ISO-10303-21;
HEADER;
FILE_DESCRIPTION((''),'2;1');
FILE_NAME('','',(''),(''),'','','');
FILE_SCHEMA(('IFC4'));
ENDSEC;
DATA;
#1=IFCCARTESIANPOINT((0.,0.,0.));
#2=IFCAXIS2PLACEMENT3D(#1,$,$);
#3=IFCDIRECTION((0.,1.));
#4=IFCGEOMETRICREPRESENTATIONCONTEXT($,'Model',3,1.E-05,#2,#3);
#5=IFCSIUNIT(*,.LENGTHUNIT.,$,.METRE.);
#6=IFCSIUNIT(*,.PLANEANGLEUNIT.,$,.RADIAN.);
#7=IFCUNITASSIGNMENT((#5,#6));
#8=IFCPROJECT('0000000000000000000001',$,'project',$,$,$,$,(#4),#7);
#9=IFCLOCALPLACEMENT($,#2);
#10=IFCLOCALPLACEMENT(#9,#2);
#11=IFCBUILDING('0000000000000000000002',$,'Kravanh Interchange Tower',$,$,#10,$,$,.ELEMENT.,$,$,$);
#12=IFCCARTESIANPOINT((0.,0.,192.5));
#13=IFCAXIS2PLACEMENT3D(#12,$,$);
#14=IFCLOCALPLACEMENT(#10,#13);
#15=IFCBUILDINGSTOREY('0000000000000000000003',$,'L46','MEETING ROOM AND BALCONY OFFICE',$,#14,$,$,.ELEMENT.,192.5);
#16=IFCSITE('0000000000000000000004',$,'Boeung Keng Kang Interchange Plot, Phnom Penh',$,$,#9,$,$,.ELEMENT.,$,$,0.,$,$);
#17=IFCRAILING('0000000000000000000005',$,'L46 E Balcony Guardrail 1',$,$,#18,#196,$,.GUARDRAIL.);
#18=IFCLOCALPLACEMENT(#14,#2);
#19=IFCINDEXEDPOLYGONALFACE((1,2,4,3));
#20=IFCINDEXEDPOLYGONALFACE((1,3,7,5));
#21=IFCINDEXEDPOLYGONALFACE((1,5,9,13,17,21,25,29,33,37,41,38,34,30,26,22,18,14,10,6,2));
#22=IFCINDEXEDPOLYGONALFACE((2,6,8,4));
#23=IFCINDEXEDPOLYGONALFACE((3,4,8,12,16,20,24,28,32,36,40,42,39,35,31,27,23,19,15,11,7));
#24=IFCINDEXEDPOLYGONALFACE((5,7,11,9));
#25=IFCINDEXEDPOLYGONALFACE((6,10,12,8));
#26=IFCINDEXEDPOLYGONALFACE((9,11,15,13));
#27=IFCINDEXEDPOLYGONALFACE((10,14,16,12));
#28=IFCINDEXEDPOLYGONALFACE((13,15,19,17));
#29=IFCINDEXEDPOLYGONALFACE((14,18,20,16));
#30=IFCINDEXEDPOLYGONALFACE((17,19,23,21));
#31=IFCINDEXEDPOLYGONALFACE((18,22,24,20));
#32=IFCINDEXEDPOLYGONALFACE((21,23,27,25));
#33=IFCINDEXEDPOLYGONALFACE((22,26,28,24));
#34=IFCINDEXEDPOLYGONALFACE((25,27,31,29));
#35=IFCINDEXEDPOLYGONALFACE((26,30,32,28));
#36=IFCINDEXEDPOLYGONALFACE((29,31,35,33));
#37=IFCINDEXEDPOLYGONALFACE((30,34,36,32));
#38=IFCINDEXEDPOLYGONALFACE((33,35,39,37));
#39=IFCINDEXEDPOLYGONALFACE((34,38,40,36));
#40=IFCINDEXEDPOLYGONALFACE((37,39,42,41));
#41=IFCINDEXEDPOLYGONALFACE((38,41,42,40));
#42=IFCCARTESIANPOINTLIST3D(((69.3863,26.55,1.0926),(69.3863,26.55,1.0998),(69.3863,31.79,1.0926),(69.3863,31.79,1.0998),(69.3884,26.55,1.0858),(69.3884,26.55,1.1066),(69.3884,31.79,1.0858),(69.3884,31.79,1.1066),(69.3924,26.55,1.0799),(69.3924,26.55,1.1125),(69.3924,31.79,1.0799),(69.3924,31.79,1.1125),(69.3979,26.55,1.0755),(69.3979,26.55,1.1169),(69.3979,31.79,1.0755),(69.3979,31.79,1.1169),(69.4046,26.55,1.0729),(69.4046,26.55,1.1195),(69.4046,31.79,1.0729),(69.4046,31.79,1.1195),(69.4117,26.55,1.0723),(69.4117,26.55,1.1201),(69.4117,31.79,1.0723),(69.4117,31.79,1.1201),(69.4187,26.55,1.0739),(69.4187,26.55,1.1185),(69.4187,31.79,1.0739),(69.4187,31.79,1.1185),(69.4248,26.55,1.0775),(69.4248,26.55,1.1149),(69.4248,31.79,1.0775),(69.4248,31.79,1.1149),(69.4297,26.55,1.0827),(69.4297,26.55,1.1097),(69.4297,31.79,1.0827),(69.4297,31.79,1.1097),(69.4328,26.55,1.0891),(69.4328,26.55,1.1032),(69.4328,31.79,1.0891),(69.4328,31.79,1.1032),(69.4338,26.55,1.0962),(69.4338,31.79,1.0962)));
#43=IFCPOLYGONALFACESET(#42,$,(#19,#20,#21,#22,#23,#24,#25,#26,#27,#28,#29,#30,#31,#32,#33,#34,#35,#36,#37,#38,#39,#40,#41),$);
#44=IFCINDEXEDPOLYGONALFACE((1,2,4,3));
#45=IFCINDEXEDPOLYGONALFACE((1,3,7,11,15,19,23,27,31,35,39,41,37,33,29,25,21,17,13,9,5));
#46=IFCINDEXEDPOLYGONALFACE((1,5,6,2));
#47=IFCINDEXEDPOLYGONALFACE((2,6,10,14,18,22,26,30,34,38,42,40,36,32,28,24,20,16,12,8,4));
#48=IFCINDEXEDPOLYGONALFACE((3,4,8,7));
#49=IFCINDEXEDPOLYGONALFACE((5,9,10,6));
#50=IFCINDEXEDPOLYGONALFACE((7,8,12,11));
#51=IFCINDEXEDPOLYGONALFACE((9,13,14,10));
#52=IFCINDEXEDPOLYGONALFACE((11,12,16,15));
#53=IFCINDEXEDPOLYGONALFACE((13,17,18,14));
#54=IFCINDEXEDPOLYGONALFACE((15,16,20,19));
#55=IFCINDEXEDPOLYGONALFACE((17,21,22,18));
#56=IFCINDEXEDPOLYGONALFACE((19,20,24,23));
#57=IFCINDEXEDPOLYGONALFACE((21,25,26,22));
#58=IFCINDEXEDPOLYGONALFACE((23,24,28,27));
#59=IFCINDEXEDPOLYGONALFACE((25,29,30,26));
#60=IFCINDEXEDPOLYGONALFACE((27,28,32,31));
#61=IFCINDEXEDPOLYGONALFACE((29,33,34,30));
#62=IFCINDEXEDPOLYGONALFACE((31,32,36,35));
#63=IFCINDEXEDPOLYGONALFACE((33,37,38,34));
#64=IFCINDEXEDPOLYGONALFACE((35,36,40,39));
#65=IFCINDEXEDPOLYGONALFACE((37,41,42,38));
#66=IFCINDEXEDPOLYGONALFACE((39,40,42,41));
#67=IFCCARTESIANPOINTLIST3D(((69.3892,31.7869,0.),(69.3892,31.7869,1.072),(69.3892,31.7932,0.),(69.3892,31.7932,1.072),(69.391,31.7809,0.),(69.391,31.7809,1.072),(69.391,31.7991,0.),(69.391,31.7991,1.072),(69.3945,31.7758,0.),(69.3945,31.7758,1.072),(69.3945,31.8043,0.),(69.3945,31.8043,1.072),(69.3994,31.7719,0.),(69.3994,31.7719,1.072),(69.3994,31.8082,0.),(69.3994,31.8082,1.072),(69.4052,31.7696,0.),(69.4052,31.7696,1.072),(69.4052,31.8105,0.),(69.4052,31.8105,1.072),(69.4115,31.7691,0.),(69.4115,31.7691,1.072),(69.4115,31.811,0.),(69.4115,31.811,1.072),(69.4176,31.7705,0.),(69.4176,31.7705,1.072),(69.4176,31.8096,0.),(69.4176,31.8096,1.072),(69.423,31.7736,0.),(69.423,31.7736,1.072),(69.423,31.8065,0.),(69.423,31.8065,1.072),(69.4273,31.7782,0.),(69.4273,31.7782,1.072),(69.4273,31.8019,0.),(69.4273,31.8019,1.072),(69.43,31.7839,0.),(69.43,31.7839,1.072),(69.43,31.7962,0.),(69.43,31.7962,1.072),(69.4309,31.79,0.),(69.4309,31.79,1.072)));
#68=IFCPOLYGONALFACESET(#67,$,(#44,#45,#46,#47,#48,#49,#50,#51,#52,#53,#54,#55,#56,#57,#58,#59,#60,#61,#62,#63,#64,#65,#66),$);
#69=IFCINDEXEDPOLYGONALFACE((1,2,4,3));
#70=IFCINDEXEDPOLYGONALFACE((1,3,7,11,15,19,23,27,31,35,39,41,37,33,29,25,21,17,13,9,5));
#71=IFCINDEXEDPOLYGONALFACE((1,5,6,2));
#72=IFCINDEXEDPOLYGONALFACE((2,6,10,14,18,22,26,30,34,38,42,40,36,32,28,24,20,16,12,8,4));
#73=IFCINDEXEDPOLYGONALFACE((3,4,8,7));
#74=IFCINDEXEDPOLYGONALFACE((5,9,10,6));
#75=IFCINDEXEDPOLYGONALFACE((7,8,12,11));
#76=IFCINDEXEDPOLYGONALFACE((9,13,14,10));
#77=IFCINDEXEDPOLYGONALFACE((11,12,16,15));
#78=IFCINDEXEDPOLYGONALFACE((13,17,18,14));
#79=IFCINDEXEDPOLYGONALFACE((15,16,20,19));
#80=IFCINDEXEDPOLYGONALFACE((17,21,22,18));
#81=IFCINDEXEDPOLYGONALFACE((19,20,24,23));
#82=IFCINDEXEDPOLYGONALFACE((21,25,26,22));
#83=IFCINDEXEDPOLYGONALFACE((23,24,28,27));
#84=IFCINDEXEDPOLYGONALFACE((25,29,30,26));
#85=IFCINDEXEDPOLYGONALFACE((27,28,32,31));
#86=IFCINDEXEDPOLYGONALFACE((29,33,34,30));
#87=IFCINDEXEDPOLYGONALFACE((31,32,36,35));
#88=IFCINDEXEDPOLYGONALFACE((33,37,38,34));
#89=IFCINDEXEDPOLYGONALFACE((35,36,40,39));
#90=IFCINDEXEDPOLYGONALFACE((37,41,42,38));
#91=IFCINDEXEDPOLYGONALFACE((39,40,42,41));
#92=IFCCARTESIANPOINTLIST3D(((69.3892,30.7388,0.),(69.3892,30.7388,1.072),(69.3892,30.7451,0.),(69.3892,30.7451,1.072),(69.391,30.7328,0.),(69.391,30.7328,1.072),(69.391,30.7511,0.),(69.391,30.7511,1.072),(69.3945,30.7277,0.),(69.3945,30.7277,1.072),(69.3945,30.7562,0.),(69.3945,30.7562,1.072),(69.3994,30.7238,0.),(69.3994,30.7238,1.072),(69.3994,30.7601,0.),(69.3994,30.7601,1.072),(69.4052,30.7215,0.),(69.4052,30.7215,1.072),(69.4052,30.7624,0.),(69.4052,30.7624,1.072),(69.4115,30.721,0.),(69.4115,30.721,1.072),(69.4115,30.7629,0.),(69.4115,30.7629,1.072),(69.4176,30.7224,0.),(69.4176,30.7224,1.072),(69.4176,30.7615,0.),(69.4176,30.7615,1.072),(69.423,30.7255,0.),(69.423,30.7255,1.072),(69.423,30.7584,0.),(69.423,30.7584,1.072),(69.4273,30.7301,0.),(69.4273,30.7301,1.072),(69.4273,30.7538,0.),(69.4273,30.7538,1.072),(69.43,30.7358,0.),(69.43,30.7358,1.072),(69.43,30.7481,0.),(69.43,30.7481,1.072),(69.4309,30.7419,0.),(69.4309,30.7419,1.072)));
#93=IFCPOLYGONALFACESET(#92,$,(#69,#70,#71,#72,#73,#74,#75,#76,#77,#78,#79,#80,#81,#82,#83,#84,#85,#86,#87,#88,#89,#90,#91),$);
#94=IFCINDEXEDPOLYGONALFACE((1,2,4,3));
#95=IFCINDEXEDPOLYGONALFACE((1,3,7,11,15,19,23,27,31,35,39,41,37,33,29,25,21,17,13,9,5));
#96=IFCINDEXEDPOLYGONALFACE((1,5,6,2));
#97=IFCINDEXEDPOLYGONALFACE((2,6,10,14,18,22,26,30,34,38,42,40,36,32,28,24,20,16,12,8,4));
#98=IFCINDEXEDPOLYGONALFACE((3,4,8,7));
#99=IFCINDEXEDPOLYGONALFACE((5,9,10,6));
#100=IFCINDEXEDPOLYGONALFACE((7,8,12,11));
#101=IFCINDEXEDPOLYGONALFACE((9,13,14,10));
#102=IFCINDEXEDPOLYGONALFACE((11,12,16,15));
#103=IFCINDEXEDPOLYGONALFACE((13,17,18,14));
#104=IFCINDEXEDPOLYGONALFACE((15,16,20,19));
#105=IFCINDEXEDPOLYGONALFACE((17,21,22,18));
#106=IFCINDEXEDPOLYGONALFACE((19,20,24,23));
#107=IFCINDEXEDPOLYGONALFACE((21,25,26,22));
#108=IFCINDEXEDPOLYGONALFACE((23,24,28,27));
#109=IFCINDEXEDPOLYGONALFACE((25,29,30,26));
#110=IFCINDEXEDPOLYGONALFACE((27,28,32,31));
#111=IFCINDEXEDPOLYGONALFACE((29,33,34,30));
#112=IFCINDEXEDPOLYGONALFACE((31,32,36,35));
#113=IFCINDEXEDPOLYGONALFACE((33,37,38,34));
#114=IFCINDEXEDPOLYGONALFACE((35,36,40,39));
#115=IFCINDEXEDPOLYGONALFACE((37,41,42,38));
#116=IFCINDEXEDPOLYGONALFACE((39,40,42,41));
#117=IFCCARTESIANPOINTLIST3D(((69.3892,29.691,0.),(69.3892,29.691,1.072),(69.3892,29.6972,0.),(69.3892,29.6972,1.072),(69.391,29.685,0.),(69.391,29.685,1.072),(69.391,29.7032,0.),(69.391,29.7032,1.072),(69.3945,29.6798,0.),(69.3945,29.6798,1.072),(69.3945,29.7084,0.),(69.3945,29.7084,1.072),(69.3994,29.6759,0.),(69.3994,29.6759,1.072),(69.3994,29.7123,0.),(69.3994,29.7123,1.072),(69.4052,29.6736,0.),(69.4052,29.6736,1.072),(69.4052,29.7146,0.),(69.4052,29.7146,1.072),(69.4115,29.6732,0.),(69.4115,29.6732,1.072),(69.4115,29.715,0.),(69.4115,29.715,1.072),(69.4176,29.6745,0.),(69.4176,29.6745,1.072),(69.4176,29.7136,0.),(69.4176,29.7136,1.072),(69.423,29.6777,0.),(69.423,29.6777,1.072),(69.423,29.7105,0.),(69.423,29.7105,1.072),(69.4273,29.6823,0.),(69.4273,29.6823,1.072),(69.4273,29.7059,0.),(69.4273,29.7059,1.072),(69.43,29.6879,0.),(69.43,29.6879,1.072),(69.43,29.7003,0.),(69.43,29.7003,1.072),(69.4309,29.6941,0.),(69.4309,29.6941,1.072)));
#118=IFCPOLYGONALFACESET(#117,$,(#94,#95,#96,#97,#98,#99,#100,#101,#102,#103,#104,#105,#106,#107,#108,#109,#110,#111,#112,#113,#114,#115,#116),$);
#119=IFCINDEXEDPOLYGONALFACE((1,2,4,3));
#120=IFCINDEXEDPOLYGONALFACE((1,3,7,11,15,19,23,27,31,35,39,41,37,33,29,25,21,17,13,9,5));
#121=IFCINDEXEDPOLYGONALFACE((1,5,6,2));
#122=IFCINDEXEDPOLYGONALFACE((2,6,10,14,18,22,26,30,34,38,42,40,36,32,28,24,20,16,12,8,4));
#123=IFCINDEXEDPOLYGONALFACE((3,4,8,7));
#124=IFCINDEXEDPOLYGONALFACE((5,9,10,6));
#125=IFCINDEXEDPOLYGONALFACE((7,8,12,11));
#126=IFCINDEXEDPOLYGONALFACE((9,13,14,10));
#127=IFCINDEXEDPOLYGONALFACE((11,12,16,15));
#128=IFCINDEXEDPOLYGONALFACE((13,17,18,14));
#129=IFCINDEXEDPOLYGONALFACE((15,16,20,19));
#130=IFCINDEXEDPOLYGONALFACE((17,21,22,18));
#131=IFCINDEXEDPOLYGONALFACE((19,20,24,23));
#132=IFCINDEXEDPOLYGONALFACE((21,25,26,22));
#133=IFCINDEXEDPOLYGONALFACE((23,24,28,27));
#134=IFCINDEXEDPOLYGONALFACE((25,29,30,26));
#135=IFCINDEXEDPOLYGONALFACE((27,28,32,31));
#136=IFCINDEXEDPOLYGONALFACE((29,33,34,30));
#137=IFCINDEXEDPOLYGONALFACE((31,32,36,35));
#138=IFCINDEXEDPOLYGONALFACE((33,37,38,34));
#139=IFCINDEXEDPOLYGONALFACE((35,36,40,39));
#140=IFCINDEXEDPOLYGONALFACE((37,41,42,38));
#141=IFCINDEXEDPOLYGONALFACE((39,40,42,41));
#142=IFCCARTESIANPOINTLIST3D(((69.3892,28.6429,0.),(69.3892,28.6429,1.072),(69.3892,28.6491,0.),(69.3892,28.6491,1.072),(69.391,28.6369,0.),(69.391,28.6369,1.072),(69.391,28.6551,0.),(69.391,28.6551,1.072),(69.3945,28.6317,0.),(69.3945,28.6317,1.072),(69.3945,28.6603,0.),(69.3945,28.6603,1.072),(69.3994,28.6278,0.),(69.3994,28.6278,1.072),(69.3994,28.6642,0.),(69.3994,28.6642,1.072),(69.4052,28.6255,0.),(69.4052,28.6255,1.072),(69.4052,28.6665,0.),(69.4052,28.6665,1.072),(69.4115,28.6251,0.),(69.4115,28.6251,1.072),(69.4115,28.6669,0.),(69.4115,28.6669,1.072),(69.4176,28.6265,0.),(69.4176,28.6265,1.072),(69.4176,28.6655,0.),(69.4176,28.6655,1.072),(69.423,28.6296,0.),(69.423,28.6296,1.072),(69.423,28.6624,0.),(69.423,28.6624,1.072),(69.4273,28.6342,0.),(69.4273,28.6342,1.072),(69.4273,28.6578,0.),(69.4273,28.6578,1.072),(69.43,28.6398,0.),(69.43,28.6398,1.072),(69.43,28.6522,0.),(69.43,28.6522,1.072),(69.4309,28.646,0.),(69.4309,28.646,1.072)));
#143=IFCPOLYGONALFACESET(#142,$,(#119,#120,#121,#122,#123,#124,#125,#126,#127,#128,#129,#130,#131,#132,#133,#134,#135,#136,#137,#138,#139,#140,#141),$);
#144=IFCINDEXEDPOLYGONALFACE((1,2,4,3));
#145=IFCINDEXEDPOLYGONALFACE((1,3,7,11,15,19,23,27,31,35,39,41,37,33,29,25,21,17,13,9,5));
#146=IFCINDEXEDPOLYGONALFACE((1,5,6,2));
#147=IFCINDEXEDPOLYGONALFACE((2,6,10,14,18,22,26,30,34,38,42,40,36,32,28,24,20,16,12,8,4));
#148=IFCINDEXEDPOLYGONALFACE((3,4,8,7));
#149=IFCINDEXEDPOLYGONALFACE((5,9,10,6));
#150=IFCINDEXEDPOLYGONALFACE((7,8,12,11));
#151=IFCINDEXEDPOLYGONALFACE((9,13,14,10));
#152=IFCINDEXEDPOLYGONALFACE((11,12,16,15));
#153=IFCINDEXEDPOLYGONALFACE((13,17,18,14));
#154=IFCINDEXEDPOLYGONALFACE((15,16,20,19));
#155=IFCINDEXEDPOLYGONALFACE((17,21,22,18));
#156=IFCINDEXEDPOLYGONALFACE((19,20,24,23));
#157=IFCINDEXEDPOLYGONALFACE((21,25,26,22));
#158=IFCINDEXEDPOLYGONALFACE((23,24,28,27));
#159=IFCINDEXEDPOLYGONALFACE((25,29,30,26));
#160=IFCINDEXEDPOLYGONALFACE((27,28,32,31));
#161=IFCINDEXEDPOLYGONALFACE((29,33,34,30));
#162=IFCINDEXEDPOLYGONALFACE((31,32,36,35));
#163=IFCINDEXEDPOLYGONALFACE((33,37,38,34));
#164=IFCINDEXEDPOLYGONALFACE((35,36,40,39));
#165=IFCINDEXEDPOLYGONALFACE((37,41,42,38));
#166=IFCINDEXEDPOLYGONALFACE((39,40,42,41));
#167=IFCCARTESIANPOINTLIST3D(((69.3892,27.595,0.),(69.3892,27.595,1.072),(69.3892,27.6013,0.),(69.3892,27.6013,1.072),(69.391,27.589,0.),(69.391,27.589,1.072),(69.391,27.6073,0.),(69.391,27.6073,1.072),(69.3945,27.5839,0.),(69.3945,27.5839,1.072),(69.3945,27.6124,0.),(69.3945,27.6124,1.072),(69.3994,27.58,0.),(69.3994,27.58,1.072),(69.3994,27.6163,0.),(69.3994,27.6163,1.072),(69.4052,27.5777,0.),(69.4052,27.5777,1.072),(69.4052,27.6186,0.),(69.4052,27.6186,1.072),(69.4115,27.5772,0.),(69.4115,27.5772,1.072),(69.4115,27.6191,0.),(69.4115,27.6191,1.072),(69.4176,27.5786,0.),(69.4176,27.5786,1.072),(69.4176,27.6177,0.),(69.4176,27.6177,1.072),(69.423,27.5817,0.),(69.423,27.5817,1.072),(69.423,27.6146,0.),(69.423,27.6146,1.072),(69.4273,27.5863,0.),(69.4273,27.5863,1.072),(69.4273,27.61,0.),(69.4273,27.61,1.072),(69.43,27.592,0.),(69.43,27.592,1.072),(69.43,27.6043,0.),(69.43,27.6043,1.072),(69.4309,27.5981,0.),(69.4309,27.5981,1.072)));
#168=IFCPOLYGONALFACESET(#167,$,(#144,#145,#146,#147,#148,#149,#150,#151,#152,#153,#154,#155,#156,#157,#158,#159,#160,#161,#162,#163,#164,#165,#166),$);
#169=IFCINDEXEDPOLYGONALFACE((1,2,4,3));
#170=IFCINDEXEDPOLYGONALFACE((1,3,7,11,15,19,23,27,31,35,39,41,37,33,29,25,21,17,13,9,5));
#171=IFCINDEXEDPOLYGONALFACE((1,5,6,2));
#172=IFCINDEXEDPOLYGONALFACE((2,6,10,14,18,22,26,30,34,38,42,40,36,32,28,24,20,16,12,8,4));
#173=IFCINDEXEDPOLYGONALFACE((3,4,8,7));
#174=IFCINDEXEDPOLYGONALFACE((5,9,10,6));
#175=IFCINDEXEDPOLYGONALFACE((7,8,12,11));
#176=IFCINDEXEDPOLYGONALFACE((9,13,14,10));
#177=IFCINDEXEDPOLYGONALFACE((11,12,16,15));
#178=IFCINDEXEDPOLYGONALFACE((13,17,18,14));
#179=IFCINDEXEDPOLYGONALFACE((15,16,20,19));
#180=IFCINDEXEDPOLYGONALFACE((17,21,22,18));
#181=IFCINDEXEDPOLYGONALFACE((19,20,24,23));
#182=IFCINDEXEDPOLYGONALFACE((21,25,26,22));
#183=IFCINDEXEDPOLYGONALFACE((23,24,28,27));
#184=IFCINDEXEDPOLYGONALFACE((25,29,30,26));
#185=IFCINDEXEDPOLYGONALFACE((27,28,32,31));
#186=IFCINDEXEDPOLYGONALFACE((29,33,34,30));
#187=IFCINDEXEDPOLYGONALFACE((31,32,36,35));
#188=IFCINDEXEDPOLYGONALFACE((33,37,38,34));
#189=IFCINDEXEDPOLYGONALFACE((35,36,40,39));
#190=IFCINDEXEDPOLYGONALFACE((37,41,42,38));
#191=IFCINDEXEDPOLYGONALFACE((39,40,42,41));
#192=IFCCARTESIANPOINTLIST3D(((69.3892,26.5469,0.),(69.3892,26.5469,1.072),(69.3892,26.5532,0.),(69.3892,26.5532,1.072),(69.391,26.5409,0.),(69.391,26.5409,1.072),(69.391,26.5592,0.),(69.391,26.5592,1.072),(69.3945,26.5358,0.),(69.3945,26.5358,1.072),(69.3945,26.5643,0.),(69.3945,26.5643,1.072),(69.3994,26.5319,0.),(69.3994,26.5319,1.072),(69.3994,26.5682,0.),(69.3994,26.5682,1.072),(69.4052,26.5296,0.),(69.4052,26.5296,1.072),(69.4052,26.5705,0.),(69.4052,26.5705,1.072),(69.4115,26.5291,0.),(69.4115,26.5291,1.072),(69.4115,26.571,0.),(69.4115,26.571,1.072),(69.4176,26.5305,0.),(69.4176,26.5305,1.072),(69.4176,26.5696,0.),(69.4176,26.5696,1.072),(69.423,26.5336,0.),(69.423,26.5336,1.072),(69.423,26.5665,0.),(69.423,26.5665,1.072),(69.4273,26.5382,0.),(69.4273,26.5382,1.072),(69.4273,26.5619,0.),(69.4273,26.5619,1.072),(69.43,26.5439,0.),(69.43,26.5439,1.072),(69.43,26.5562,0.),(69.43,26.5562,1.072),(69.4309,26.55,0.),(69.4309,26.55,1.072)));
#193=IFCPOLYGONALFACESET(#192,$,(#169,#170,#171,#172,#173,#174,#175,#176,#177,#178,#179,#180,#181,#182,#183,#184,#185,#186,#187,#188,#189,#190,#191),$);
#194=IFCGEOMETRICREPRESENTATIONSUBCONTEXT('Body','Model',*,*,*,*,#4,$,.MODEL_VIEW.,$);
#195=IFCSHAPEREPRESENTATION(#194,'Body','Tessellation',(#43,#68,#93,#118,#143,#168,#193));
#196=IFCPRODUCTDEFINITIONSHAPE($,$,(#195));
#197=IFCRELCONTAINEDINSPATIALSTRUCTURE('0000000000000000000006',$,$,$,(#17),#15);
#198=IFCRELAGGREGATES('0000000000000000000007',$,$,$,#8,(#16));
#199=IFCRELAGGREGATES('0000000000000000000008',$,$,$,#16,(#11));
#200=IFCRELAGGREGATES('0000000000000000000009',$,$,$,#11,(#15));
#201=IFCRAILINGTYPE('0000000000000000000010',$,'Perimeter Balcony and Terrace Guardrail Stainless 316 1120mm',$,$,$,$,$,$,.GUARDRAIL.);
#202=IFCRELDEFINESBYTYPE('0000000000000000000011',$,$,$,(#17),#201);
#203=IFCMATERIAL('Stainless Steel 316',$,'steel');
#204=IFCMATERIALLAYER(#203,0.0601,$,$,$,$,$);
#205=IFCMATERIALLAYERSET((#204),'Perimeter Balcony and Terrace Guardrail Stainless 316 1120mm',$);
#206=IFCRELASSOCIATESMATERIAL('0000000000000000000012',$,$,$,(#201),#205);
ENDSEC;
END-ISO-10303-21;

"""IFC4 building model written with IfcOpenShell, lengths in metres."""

from ifc_helpers import new_model, si_unit, direction, frame, origin, origin_2d, place, context, subcontext, project, spatial, circle, extrude, material, layer, layer_set, type_object, element, save


model = new_model("IFC4")

# Units and contexts
model_context = context("Model", 3, precision=1e-05, world=origin(), true_north=direction((0.0, 1.0)))
body_context = subcontext(model_context, "Body", "Model", "MODEL_VIEW")
ifc_project = project(units=[si_unit("LENGTHUNIT", "METRE"), si_unit("PLANEANGLEUNIT", "RADIAN")], contexts=[model_context])

# Site, building, storey
site_placement = place(None, origin())
site = spatial("IfcSite", under=ifc_project, at=site_placement, Name="Boeung Keng Kang Interchange Plot, Phnom Penh", CompositionType="ELEMENT", RefElevation=0.0)
building_placement = place(site_placement, origin())
building = spatial("IfcBuilding", under=site, at=building_placement, Name="Kravanh Interchange Tower", CompositionType="ELEMENT")
storey_placement = place(building_placement, frame((0.0, 0.0, 192.5)))
storey = spatial("IfcBuildingStorey", under=building, at=storey_placement, Name="L46", Description="MEETING ROOM AND BALCONY OFFICE", CompositionType="ELEMENT", Elevation=192.5)

# Railing
ifc_material_1 = material(Name="Stainless Steel 316", Category="steel")
ifc_layer_1 = layer(ifc_material_1, 0.0601)
ifc_layer_set_1 = layer_set([ifc_layer_1], Name="Perimeter Balcony and Terrace Guardrail Stainless 316 1120mm")
railing_type_1 = type_object("IfcRailingType", Name="Perimeter Balcony and Terrace Guardrail Stainless 316 1120mm", PredefinedType="GUARDRAIL", material=ifc_layer_set_1)
railing_1_placement = place(storey_placement, frame((69.4099, 31.79, 0.0)))
element("IfcRailing", 1, at=railing_1_placement, inside=storey, type_object=railing_type_1, Name="L46 E Balcony Guardrail 1", PredefinedType="GUARDRAIL", context=body_context, shape_type="SweptSolid", body=[
    extrude(circle(Radius=0.0239, at=origin_2d()), frame((0.0, 0.0, 1.0962), z_axis=(0.0, -1.0, 0.0), x_axis=(1.0, 0.0, 0.0)), (0.0, 0.0, 1.0), 5.24),
    extrude(circle(Radius=0.021, at=origin_2d()), origin(), (0.0, 0.0, 1.0), 1.072),
    extrude(circle(Radius=0.021, at=origin_2d()), frame((0.0, -1.0481, 0.0)), (0.0, 0.0, 1.0), 1.072),
    extrude(circle(Radius=0.021, at=origin_2d()), frame((0.0, -2.0959, 0.0)), (0.0, 0.0, 1.0), 1.072),
    extrude(circle(Radius=0.021, at=origin_2d()), frame((0.0, -3.144, 0.0)), (0.0, 0.0, 1.0), 1.072),
    extrude(circle(Radius=0.021, at=origin_2d()), frame((0.0, -4.1919, 0.0)), (0.0, 0.0, 1.0), 1.072),
    extrude(circle(Radius=0.021, at=origin_2d()), frame((0.0, -5.24, 0.0)), (0.0, 0.0, 1.0), 1.072),
])

save(model, "model.ifc")
